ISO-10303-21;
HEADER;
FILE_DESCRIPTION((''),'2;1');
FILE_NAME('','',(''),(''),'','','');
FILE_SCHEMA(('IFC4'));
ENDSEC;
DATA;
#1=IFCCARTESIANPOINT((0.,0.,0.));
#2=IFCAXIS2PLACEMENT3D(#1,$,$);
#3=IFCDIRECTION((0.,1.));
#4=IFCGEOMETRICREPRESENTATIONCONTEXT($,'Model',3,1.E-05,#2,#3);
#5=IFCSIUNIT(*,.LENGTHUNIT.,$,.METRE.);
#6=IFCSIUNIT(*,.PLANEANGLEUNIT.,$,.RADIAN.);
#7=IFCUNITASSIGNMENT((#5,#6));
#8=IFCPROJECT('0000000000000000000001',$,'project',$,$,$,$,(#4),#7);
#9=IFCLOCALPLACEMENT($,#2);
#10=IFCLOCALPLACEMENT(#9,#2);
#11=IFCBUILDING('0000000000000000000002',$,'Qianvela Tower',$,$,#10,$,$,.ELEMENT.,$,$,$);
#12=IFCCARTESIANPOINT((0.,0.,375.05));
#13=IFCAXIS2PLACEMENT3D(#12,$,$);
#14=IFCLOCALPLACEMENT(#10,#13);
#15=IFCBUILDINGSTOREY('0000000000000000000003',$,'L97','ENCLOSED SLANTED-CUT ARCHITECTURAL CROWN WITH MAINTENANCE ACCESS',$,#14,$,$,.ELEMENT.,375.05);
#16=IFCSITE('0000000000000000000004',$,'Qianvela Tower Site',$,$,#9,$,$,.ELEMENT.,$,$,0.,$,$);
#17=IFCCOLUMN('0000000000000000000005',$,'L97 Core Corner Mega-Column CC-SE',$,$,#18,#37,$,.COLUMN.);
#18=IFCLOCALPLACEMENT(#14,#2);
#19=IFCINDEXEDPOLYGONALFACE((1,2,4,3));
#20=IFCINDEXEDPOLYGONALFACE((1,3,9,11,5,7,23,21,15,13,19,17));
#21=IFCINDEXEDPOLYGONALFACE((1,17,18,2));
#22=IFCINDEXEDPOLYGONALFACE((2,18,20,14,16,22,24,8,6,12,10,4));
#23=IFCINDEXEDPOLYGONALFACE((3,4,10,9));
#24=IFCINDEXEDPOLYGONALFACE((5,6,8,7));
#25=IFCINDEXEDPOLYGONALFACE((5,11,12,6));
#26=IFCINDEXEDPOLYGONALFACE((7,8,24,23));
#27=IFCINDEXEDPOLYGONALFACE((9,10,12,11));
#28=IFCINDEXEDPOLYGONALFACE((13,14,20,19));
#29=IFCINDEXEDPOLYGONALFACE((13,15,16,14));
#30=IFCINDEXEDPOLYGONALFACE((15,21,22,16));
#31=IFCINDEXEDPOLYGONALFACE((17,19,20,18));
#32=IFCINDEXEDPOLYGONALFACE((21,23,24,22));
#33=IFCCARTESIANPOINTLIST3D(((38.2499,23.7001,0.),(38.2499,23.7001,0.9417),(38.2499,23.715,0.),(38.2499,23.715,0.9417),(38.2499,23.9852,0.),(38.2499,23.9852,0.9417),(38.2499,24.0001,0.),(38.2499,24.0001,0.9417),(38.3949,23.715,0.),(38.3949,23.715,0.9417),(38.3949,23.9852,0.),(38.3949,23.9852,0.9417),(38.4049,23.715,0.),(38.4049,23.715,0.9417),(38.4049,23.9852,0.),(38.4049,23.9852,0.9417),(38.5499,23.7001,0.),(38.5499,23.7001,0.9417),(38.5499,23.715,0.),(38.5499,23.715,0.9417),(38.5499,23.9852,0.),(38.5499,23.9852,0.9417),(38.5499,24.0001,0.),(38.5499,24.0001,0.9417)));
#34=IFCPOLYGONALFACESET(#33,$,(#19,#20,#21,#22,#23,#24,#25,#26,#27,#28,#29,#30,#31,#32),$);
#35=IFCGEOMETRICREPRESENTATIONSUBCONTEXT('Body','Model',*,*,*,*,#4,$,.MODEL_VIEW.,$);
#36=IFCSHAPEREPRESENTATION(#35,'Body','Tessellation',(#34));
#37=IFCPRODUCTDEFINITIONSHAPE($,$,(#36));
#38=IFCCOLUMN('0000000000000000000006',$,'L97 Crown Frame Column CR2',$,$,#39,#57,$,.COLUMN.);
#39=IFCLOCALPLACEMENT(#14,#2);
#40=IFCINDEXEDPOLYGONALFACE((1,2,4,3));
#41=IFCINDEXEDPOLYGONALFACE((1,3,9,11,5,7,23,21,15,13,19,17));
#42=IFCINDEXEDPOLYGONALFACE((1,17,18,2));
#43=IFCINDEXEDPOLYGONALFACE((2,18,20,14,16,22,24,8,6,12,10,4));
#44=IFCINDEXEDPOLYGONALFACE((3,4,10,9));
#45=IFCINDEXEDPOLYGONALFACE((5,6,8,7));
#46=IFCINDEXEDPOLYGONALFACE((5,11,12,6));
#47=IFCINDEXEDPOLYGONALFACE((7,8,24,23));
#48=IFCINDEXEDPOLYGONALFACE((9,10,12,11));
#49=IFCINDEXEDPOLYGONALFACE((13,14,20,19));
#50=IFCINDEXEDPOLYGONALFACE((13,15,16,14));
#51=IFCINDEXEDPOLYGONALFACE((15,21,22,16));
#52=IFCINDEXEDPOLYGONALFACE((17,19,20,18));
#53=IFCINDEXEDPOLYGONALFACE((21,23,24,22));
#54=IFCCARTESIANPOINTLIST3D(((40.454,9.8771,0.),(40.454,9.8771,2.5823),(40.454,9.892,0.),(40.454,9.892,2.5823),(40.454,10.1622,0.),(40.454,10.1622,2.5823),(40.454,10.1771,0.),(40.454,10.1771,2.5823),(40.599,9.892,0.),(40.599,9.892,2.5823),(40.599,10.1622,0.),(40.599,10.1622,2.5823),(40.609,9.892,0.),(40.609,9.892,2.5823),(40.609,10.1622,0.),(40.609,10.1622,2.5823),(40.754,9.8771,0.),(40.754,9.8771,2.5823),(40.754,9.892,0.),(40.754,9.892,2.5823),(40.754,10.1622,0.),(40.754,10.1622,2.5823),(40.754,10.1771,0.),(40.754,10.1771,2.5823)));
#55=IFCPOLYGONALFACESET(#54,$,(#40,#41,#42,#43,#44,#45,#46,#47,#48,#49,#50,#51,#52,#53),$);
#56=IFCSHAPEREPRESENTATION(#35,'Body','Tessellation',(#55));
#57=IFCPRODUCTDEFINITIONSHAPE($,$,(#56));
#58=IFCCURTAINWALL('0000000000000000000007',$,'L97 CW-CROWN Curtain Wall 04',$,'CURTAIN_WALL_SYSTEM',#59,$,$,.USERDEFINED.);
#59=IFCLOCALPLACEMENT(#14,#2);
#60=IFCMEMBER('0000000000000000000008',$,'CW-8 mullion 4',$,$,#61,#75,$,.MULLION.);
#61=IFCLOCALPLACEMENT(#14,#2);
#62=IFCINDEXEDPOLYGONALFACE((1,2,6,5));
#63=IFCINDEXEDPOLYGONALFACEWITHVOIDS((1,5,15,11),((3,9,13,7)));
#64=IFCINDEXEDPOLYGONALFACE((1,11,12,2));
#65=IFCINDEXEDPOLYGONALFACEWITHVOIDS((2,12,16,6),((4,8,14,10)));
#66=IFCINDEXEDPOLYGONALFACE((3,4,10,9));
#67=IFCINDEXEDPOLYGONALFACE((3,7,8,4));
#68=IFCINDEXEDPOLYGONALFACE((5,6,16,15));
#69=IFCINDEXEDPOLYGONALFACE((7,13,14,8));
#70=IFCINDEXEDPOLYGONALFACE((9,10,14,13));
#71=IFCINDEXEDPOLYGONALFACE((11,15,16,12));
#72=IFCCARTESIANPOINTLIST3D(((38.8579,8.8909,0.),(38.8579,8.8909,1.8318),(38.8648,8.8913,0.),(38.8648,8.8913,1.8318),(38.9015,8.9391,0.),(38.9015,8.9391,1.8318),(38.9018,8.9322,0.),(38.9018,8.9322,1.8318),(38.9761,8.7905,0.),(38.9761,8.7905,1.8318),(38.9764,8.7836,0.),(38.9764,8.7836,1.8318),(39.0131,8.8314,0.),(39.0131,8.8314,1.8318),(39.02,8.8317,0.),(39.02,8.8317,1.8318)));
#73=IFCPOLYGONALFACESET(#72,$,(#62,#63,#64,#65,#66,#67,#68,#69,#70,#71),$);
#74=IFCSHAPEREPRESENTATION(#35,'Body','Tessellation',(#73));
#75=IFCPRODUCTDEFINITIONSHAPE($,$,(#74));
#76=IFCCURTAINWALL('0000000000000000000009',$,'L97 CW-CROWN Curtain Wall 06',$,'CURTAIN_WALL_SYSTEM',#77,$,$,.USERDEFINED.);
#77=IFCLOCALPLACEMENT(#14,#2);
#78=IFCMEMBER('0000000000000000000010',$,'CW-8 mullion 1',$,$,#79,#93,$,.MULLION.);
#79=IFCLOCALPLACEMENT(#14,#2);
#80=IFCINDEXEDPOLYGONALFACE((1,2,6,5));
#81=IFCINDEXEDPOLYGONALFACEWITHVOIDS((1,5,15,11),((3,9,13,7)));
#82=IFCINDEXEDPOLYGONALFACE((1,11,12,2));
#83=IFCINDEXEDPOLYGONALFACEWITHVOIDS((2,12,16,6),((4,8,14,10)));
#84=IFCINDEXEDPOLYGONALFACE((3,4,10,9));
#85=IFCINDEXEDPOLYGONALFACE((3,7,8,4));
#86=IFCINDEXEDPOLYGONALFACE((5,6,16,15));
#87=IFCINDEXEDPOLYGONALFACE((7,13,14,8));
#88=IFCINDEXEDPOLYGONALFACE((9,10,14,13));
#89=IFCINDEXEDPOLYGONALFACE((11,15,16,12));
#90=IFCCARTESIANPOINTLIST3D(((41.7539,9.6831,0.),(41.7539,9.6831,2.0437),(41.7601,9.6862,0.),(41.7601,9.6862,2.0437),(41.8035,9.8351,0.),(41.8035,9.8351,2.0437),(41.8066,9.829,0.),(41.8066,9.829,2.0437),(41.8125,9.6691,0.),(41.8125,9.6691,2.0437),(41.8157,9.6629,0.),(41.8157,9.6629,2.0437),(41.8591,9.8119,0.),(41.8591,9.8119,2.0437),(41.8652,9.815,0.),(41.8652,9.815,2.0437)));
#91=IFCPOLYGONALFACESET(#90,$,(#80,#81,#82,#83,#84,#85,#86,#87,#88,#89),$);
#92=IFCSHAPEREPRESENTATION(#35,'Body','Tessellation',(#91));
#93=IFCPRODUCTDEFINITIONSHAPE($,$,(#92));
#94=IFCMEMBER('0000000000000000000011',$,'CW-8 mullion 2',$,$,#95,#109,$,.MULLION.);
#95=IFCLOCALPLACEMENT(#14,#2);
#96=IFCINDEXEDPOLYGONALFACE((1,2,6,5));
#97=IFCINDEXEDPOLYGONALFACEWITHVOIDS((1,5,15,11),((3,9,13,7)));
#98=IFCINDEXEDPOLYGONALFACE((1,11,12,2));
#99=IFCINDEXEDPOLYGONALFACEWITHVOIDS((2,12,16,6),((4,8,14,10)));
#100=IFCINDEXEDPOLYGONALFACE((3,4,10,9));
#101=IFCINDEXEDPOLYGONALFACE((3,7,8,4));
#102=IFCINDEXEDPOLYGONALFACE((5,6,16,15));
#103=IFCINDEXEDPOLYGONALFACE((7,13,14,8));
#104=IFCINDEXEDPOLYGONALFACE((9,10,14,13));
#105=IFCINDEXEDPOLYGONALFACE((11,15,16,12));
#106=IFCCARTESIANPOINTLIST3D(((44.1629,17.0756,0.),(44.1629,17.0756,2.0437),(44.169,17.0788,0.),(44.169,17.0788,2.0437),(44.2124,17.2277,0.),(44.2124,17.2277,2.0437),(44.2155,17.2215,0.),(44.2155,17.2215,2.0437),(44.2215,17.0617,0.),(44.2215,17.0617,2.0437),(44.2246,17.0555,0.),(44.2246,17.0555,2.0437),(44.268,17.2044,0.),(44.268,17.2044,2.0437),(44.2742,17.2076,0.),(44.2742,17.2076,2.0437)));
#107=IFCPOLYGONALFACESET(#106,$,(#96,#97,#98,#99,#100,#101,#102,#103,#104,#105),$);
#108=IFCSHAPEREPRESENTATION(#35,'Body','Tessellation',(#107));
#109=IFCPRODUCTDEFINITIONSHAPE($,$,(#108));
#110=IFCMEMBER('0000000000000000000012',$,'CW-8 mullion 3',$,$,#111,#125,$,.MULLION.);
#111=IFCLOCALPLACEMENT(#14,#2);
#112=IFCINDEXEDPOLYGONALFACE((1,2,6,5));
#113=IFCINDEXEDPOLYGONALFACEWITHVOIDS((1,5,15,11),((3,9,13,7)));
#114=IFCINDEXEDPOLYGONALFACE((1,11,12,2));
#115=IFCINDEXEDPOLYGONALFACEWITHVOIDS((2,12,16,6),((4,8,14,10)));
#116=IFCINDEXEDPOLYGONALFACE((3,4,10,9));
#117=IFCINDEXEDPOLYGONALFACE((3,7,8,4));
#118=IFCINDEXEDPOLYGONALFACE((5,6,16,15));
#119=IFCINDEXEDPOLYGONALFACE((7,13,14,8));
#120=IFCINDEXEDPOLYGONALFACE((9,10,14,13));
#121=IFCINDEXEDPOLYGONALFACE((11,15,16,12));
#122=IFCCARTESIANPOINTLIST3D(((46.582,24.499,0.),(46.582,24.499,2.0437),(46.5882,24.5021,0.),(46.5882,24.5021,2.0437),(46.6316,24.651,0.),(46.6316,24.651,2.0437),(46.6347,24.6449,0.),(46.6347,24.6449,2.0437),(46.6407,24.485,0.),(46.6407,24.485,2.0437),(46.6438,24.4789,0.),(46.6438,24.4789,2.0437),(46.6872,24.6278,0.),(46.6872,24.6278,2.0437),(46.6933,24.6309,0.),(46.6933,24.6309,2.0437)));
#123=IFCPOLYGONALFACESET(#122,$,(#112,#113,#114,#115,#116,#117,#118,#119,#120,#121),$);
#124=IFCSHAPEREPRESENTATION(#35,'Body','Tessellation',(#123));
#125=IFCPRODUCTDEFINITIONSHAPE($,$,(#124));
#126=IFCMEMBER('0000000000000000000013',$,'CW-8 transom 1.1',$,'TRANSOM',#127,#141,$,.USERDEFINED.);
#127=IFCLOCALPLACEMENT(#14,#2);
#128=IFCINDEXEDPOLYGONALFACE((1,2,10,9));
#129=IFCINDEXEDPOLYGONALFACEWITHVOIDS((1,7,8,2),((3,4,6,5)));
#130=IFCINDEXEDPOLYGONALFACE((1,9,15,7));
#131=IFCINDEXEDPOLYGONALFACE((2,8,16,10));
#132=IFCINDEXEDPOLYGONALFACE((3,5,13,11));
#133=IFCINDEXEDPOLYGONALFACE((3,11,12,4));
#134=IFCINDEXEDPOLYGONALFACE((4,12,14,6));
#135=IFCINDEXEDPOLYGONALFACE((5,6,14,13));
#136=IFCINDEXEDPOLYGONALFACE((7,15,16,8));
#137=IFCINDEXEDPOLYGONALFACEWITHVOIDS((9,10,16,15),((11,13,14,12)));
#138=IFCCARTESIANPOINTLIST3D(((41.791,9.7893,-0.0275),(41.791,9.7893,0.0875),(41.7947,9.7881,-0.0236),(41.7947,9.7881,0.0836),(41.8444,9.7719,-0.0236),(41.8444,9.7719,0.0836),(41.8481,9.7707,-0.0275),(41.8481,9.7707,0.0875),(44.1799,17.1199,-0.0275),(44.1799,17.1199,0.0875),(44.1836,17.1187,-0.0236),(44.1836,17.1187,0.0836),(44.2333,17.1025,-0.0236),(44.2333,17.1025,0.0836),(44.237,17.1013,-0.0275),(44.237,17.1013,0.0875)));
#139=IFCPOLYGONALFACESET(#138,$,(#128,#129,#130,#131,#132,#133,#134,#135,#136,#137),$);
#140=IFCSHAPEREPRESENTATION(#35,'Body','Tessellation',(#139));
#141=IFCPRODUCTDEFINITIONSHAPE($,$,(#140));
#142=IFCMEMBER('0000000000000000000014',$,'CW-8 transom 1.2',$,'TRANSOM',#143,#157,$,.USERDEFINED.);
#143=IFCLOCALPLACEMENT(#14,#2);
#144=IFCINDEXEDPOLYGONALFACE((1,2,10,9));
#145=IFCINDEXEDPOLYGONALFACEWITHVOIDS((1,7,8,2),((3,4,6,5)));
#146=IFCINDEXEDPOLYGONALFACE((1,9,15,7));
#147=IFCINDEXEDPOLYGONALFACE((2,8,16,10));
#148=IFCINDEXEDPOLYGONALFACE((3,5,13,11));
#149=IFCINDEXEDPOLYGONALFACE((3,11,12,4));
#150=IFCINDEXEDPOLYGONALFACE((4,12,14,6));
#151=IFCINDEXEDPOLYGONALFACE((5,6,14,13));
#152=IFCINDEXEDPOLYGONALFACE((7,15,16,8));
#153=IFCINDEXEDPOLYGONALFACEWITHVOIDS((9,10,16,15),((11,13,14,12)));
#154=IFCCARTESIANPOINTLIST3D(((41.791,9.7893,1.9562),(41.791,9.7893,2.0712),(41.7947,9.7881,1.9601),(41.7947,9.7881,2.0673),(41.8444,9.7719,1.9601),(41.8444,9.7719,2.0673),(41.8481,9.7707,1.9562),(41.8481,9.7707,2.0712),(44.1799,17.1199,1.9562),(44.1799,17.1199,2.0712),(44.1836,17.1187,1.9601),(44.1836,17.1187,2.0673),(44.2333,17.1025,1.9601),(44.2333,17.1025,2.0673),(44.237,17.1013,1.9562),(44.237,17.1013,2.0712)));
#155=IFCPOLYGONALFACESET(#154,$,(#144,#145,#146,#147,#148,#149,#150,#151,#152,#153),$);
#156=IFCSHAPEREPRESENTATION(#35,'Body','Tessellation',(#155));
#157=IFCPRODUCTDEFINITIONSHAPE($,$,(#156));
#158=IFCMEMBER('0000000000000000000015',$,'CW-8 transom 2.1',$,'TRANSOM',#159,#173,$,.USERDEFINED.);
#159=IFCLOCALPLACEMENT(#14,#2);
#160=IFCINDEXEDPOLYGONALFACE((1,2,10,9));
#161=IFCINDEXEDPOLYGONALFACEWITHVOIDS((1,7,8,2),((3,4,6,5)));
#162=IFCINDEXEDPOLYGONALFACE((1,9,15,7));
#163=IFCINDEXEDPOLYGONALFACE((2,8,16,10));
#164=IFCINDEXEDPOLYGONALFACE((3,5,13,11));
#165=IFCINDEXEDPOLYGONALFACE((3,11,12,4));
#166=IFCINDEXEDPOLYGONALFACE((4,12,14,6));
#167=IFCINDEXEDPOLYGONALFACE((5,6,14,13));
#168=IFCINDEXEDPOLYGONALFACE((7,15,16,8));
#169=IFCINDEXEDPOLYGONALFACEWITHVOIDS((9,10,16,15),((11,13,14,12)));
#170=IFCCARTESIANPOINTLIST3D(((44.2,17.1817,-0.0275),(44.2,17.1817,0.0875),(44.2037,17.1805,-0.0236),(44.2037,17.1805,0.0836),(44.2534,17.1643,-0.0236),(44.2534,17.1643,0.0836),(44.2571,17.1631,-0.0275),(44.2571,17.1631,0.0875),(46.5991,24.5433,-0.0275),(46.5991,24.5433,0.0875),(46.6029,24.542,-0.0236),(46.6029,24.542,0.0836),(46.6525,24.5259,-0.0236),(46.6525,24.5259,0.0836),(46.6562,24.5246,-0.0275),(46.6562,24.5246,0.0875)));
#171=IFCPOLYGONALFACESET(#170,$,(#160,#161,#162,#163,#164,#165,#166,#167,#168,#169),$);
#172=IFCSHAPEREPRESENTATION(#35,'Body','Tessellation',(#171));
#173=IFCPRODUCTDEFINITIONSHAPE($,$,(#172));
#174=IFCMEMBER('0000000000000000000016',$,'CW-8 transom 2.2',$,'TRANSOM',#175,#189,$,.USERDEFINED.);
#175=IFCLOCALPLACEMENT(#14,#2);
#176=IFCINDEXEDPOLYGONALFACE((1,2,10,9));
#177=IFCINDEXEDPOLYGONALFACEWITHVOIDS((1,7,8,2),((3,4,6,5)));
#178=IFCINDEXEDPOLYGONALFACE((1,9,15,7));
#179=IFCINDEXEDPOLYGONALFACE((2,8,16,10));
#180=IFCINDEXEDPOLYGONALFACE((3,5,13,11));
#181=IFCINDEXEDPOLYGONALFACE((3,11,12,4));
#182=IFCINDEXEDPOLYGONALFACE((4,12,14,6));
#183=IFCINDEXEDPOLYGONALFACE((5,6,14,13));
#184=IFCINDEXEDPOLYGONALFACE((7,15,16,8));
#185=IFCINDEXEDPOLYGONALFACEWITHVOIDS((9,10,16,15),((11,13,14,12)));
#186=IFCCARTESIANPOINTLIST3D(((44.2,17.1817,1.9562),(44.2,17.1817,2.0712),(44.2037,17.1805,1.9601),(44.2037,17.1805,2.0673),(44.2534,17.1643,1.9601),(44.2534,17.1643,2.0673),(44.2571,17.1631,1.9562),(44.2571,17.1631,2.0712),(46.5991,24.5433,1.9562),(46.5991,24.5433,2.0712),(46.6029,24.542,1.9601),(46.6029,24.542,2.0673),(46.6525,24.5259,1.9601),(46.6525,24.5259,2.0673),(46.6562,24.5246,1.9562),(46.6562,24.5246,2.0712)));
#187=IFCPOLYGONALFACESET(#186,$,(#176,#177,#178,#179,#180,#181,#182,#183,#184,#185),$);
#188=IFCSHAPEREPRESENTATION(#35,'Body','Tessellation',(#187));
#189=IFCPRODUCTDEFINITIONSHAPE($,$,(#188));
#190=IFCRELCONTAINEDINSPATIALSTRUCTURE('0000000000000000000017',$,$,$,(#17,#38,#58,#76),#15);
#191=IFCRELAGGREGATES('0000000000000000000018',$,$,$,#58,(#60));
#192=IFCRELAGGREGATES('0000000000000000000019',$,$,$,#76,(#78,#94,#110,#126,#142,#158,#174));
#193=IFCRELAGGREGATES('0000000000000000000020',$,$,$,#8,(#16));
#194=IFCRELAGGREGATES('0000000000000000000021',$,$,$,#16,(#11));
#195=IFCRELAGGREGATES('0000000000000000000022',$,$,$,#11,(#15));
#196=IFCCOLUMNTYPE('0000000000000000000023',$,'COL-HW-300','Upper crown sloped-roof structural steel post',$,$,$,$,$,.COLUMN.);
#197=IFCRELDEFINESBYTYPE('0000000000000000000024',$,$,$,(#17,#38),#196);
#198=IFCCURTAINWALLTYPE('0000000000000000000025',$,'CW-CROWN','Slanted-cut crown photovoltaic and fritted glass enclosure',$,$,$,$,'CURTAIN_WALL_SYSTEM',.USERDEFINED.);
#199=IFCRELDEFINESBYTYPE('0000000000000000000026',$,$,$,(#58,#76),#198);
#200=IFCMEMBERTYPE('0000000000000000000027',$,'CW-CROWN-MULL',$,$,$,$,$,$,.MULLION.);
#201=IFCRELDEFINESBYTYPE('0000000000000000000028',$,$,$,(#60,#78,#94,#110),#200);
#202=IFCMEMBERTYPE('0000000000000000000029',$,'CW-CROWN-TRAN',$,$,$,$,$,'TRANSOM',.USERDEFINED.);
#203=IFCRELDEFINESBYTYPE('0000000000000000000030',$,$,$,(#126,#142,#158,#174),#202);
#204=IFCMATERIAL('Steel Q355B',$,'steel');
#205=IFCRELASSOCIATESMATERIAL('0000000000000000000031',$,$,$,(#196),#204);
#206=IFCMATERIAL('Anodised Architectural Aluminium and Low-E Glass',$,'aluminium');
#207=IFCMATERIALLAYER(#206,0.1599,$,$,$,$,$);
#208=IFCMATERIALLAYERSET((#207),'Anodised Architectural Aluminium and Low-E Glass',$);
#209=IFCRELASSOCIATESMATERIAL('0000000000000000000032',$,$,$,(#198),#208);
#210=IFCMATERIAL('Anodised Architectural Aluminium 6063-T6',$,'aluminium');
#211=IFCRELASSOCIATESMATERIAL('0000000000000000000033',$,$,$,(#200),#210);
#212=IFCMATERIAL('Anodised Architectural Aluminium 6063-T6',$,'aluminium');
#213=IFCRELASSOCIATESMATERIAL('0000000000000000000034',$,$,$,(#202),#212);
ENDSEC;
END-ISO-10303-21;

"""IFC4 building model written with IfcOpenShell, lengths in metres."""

from ifc_helpers import new_model, si_unit, direction, frame, origin, origin_2d, place, context, subcontext, project, spatial, hollow_rectangle, i_section, extrude, material, layer, layer_set, material_profile, profile_set, type_object, element, aggregate, save


model = new_model("IFC4")

# Units and contexts
model_context = context("Model", 3, precision=1e-05, world=origin(), true_north=direction((0.0, 1.0)))
body_context = subcontext(model_context, "Body", "Model", "MODEL_VIEW")
ifc_project = project(units=[si_unit("LENGTHUNIT", "METRE"), si_unit("PLANEANGLEUNIT", "RADIAN")], contexts=[model_context])

# Site, building, storey
site_placement = place(None, origin())
site = spatial("IfcSite", under=ifc_project, at=site_placement, Name="Qianvela Tower Site", CompositionType="ELEMENT", RefElevation=0.0)
building_placement = place(site_placement, origin())
building = spatial("IfcBuilding", under=site, at=building_placement, Name="Qianvela Tower", CompositionType="ELEMENT")
storey_placement = place(building_placement, frame((0.0, 0.0, 375.05)))
storey = spatial("IfcBuildingStorey", under=building, at=storey_placement, Name="L97", Description="ENCLOSED SLANTED-CUT ARCHITECTURAL CROWN WITH MAINTENANCE ACCESS", CompositionType="ELEMENT", Elevation=375.05)

# Columns
ifc_material_1 = material(Name="Steel Q355B", Category="steel")
ifc_material_profile_1 = material_profile(ifc_material_1, i_section(OverallWidth=0.3, OverallDepth=0.3, WebThickness=0.01, FlangeThickness=0.0149, at=origin_2d()), Name="HW300x300x10x15")
ifc_profile_set_1 = profile_set([ifc_material_profile_1], Name="Steel Q355B")
column_type = type_object("IfcColumnType", Name="COL-HW-300", Description="Upper crown sloped-roof structural steel post", PredefinedType="COLUMN", material=ifc_profile_set_1)
column_1_placement = place(storey_placement, frame((38.3999, 23.8501, 0.0), z_axis=(0.0, 0.0, 1.0), x_axis=(1.0, 0.0, 0.0)))
element("IfcColumn", 1, at=column_1_placement, inside=storey, type_object=column_type, Name="L97 Core Corner Mega-Column CC-SE", PredefinedType="COLUMN", context=body_context, shape_type="SweptSolid", body=[
    extrude(i_section(OverallWidth=0.3, OverallDepth=0.3, WebThickness=0.01, FlangeThickness=0.0149, at=origin_2d()), origin(), (0.0, 0.0, 1.0), 0.9417),
])
column_2_placement = place(storey_placement, frame((40.604, 10.0271, 0.0), z_axis=(0.0, 0.0, 1.0), x_axis=(1.0, 0.0, 0.0)))
element("IfcColumn", 2, at=column_2_placement, inside=storey, type_object=column_type, Name="L97 Crown Frame Column CR2", PredefinedType="COLUMN", context=body_context, shape_type="SweptSolid", body=[
    extrude(i_section(OverallWidth=0.3, OverallDepth=0.3, WebThickness=0.01, FlangeThickness=0.0149, at=origin_2d()), origin(), (0.0, 0.0, 1.0), 2.5823),
])

# Curtain wall, member
ifc_material_2 = material(Name="Anodised Architectural Aluminium and Low-E Glass", Category="aluminium")
ifc_layer_1 = layer(ifc_material_2, 0.1599)
ifc_layer_set_1 = layer_set([ifc_layer_1], Name="Anodised Architectural Aluminium and Low-E Glass")
curtain_wall_type = type_object("IfcCurtainWallType", Name="CW-CROWN", Description="Slanted-cut crown photovoltaic and fritted glass enclosure", ElementType="CURTAIN_WALL_SYSTEM", PredefinedType="USERDEFINED", material=ifc_layer_set_1)
curtain_wall_1_placement = place(storey_placement, origin())
curtain_wall_1 = element("IfcCurtainWall", 3, at=curtain_wall_1_placement, inside=storey, type_object=curtain_wall_type, Name="L97 CW-CROWN Curtain Wall 04", ObjectType="CURTAIN_WALL_SYSTEM", PredefinedType="USERDEFINED")
ifc_material_3 = material(Name="Anodised Architectural Aluminium 6063-T6", Category="aluminium")
ifc_material_profile_2 = material_profile(ifc_material_3, hollow_rectangle(XDim=0.0649, YDim=0.1599, WallThickness=0.0049, at=origin_2d()), Name="ALU-MULL-65x160")
ifc_profile_set_2 = profile_set([ifc_material_profile_2], Name="Anodised Architectural Aluminium 6063-T6")
member_type_1 = type_object("IfcMemberType", Name="CW-CROWN-MULL", PredefinedType="MULLION", material=ifc_profile_set_2)
member_1_placement = place(storey_placement, frame((38.939, 8.8613, 0.0), z_axis=(0.0, 0.0, 1.0), x_axis=(0.6712, 0.741276, 0.0)))
member_1 = element("IfcMember", 4, at=member_1_placement, type_object=member_type_1, Name="CW-8 mullion 4", PredefinedType="MULLION", context=body_context, shape_type="SweptSolid", body=[
    extrude(hollow_rectangle(XDim=0.0649, YDim=0.1599, WallThickness=0.0049, at=origin_2d()), origin(), (0.0, 0.0, 1.0), 1.8318),
])
aggregate(curtain_wall_1, [member_1])

# Curtain wall, members
curtain_wall_2_placement = place(storey_placement, origin())
curtain_wall_2 = element("IfcCurtainWall", 5, at=curtain_wall_2_placement, inside=storey, type_object=curtain_wall_type, Name="L97 CW-CROWN Curtain Wall 06", ObjectType="CURTAIN_WALL_SYSTEM", PredefinedType="USERDEFINED")
member_2_placement = place(storey_placement, frame((41.8096, 9.749, 0.0), z_axis=(0.0, 0.0, 1.0), x_axis=(-0.950787, 0.309846, 0.0)))
member_2 = element("IfcMember", 6, at=member_2_placement, type_object=member_type_1, Name="CW-8 mullion 1", PredefinedType="MULLION", context=body_context, shape_type="SweptSolid", body=[
    extrude(hollow_rectangle(XDim=0.0649, YDim=0.1599, WallThickness=0.0049, at=origin_2d()), origin(), (0.0, 0.0, 1.0), 2.0437),
])
member_3_placement = place(storey_placement, frame((44.2185, 17.1416, 0.0), z_axis=(0.0, 0.0, 1.0), x_axis=(-0.950787, 0.309846, 0.0)))
member_3 = element("IfcMember", 7, at=member_3_placement, type_object=member_type_1, Name="CW-8 mullion 2", PredefinedType="MULLION", context=body_context, shape_type="SweptSolid", body=[
    extrude(hollow_rectangle(XDim=0.0649, YDim=0.1599, WallThickness=0.0049, at=origin_2d()), origin(), (0.0, 0.0, 1.0), 2.0437),
])
member_4_placement = place(storey_placement, frame((46.6377, 24.5649, 0.0), z_axis=(0.0, 0.0, 1.0), x_axis=(-0.950787, 0.309846, 0.0)))
member_4 = element("IfcMember", 8, at=member_4_placement, type_object=member_type_1, Name="CW-8 mullion 3", PredefinedType="MULLION", context=body_context, shape_type="SweptSolid", body=[
    extrude(hollow_rectangle(XDim=0.0649, YDim=0.1599, WallThickness=0.0049, at=origin_2d()), origin(), (0.0, 0.0, 1.0), 2.0437),
])
ifc_material_4 = material(Name="Anodised Architectural Aluminium 6063-T6", Category="aluminium")
ifc_material_profile_3 = material_profile(ifc_material_4, hollow_rectangle(XDim=0.0601, YDim=0.115, WallThickness=0.0039, at=origin_2d()), Name="ALU-TRAN-60x115")
ifc_profile_set_3 = profile_set([ifc_material_profile_3], Name="Anodised Architectural Aluminium 6063-T6")
member_type_2 = type_object("IfcMemberType", Name="CW-CROWN-TRAN", ElementType="TRANSOM", PredefinedType="USERDEFINED", material=ifc_profile_set_3)
member_5_placement = place(storey_placement, frame((41.8196, 9.78, 0.03), z_axis=(0.309846, 0.950787, 0.0), x_axis=(-0.950787, 0.309846, 0.0)))
member_5 = element("IfcMember", 9, at=member_5_placement, type_object=member_type_2, Name="CW-8 transom 1.1", ObjectType="TRANSOM", PredefinedType="USERDEFINED", context=body_context, shape_type="SweptSolid", body=[
    extrude(hollow_rectangle(XDim=0.0601, YDim=0.115, WallThickness=0.0039, at=origin_2d()), origin(), (0.0, 0.0, 1.0), 7.71),
])
member_6_placement = place(storey_placement, frame((41.8196, 9.78, 2.0137), z_axis=(0.309846, 0.950787, 0.0), x_axis=(-0.950787, 0.309846, 0.0)))
member_6 = element("IfcMember", 10, at=member_6_placement, type_object=member_type_2, Name="CW-8 transom 1.2", ObjectType="TRANSOM", PredefinedType="USERDEFINED", context=body_context, shape_type="SweptSolid", body=[
    extrude(hollow_rectangle(XDim=0.0601, YDim=0.115, WallThickness=0.0039, at=origin_2d()), origin(), (0.0, 0.0, 1.0), 7.71),
])
member_7_placement = place(storey_placement, frame((44.2285, 17.1724, 0.03), z_axis=(0.309864, 0.950781, 0.0), x_axis=(-0.950781, 0.309864, 0.0)))
member_7 = element("IfcMember", 11, at=member_7_placement, type_object=member_type_2, Name="CW-8 transom 2.1", ObjectType="TRANSOM", PredefinedType="USERDEFINED", context=body_context, shape_type="SweptSolid", body=[
    extrude(hollow_rectangle(XDim=0.0601, YDim=0.115, WallThickness=0.0039, at=origin_2d()), origin(), (0.0, 0.0, 1.0), 7.7427),
])
member_8_placement = place(storey_placement, frame((44.2285, 17.1724, 2.0137), z_axis=(0.309864, 0.950781, 0.0), x_axis=(-0.950781, 0.309864, 0.0)))
member_8 = element("IfcMember", 12, at=member_8_placement, type_object=member_type_2, Name="CW-8 transom 2.2", ObjectType="TRANSOM", PredefinedType="USERDEFINED", context=body_context, shape_type="SweptSolid", body=[
    extrude(hollow_rectangle(XDim=0.0601, YDim=0.115, WallThickness=0.0039, at=origin_2d()), origin(), (0.0, 0.0, 1.0), 7.7427),
])
aggregate(curtain_wall_2, [member_2, member_3, member_4, member_5, member_6, member_7, member_8])

save(model, "model.ifc")
